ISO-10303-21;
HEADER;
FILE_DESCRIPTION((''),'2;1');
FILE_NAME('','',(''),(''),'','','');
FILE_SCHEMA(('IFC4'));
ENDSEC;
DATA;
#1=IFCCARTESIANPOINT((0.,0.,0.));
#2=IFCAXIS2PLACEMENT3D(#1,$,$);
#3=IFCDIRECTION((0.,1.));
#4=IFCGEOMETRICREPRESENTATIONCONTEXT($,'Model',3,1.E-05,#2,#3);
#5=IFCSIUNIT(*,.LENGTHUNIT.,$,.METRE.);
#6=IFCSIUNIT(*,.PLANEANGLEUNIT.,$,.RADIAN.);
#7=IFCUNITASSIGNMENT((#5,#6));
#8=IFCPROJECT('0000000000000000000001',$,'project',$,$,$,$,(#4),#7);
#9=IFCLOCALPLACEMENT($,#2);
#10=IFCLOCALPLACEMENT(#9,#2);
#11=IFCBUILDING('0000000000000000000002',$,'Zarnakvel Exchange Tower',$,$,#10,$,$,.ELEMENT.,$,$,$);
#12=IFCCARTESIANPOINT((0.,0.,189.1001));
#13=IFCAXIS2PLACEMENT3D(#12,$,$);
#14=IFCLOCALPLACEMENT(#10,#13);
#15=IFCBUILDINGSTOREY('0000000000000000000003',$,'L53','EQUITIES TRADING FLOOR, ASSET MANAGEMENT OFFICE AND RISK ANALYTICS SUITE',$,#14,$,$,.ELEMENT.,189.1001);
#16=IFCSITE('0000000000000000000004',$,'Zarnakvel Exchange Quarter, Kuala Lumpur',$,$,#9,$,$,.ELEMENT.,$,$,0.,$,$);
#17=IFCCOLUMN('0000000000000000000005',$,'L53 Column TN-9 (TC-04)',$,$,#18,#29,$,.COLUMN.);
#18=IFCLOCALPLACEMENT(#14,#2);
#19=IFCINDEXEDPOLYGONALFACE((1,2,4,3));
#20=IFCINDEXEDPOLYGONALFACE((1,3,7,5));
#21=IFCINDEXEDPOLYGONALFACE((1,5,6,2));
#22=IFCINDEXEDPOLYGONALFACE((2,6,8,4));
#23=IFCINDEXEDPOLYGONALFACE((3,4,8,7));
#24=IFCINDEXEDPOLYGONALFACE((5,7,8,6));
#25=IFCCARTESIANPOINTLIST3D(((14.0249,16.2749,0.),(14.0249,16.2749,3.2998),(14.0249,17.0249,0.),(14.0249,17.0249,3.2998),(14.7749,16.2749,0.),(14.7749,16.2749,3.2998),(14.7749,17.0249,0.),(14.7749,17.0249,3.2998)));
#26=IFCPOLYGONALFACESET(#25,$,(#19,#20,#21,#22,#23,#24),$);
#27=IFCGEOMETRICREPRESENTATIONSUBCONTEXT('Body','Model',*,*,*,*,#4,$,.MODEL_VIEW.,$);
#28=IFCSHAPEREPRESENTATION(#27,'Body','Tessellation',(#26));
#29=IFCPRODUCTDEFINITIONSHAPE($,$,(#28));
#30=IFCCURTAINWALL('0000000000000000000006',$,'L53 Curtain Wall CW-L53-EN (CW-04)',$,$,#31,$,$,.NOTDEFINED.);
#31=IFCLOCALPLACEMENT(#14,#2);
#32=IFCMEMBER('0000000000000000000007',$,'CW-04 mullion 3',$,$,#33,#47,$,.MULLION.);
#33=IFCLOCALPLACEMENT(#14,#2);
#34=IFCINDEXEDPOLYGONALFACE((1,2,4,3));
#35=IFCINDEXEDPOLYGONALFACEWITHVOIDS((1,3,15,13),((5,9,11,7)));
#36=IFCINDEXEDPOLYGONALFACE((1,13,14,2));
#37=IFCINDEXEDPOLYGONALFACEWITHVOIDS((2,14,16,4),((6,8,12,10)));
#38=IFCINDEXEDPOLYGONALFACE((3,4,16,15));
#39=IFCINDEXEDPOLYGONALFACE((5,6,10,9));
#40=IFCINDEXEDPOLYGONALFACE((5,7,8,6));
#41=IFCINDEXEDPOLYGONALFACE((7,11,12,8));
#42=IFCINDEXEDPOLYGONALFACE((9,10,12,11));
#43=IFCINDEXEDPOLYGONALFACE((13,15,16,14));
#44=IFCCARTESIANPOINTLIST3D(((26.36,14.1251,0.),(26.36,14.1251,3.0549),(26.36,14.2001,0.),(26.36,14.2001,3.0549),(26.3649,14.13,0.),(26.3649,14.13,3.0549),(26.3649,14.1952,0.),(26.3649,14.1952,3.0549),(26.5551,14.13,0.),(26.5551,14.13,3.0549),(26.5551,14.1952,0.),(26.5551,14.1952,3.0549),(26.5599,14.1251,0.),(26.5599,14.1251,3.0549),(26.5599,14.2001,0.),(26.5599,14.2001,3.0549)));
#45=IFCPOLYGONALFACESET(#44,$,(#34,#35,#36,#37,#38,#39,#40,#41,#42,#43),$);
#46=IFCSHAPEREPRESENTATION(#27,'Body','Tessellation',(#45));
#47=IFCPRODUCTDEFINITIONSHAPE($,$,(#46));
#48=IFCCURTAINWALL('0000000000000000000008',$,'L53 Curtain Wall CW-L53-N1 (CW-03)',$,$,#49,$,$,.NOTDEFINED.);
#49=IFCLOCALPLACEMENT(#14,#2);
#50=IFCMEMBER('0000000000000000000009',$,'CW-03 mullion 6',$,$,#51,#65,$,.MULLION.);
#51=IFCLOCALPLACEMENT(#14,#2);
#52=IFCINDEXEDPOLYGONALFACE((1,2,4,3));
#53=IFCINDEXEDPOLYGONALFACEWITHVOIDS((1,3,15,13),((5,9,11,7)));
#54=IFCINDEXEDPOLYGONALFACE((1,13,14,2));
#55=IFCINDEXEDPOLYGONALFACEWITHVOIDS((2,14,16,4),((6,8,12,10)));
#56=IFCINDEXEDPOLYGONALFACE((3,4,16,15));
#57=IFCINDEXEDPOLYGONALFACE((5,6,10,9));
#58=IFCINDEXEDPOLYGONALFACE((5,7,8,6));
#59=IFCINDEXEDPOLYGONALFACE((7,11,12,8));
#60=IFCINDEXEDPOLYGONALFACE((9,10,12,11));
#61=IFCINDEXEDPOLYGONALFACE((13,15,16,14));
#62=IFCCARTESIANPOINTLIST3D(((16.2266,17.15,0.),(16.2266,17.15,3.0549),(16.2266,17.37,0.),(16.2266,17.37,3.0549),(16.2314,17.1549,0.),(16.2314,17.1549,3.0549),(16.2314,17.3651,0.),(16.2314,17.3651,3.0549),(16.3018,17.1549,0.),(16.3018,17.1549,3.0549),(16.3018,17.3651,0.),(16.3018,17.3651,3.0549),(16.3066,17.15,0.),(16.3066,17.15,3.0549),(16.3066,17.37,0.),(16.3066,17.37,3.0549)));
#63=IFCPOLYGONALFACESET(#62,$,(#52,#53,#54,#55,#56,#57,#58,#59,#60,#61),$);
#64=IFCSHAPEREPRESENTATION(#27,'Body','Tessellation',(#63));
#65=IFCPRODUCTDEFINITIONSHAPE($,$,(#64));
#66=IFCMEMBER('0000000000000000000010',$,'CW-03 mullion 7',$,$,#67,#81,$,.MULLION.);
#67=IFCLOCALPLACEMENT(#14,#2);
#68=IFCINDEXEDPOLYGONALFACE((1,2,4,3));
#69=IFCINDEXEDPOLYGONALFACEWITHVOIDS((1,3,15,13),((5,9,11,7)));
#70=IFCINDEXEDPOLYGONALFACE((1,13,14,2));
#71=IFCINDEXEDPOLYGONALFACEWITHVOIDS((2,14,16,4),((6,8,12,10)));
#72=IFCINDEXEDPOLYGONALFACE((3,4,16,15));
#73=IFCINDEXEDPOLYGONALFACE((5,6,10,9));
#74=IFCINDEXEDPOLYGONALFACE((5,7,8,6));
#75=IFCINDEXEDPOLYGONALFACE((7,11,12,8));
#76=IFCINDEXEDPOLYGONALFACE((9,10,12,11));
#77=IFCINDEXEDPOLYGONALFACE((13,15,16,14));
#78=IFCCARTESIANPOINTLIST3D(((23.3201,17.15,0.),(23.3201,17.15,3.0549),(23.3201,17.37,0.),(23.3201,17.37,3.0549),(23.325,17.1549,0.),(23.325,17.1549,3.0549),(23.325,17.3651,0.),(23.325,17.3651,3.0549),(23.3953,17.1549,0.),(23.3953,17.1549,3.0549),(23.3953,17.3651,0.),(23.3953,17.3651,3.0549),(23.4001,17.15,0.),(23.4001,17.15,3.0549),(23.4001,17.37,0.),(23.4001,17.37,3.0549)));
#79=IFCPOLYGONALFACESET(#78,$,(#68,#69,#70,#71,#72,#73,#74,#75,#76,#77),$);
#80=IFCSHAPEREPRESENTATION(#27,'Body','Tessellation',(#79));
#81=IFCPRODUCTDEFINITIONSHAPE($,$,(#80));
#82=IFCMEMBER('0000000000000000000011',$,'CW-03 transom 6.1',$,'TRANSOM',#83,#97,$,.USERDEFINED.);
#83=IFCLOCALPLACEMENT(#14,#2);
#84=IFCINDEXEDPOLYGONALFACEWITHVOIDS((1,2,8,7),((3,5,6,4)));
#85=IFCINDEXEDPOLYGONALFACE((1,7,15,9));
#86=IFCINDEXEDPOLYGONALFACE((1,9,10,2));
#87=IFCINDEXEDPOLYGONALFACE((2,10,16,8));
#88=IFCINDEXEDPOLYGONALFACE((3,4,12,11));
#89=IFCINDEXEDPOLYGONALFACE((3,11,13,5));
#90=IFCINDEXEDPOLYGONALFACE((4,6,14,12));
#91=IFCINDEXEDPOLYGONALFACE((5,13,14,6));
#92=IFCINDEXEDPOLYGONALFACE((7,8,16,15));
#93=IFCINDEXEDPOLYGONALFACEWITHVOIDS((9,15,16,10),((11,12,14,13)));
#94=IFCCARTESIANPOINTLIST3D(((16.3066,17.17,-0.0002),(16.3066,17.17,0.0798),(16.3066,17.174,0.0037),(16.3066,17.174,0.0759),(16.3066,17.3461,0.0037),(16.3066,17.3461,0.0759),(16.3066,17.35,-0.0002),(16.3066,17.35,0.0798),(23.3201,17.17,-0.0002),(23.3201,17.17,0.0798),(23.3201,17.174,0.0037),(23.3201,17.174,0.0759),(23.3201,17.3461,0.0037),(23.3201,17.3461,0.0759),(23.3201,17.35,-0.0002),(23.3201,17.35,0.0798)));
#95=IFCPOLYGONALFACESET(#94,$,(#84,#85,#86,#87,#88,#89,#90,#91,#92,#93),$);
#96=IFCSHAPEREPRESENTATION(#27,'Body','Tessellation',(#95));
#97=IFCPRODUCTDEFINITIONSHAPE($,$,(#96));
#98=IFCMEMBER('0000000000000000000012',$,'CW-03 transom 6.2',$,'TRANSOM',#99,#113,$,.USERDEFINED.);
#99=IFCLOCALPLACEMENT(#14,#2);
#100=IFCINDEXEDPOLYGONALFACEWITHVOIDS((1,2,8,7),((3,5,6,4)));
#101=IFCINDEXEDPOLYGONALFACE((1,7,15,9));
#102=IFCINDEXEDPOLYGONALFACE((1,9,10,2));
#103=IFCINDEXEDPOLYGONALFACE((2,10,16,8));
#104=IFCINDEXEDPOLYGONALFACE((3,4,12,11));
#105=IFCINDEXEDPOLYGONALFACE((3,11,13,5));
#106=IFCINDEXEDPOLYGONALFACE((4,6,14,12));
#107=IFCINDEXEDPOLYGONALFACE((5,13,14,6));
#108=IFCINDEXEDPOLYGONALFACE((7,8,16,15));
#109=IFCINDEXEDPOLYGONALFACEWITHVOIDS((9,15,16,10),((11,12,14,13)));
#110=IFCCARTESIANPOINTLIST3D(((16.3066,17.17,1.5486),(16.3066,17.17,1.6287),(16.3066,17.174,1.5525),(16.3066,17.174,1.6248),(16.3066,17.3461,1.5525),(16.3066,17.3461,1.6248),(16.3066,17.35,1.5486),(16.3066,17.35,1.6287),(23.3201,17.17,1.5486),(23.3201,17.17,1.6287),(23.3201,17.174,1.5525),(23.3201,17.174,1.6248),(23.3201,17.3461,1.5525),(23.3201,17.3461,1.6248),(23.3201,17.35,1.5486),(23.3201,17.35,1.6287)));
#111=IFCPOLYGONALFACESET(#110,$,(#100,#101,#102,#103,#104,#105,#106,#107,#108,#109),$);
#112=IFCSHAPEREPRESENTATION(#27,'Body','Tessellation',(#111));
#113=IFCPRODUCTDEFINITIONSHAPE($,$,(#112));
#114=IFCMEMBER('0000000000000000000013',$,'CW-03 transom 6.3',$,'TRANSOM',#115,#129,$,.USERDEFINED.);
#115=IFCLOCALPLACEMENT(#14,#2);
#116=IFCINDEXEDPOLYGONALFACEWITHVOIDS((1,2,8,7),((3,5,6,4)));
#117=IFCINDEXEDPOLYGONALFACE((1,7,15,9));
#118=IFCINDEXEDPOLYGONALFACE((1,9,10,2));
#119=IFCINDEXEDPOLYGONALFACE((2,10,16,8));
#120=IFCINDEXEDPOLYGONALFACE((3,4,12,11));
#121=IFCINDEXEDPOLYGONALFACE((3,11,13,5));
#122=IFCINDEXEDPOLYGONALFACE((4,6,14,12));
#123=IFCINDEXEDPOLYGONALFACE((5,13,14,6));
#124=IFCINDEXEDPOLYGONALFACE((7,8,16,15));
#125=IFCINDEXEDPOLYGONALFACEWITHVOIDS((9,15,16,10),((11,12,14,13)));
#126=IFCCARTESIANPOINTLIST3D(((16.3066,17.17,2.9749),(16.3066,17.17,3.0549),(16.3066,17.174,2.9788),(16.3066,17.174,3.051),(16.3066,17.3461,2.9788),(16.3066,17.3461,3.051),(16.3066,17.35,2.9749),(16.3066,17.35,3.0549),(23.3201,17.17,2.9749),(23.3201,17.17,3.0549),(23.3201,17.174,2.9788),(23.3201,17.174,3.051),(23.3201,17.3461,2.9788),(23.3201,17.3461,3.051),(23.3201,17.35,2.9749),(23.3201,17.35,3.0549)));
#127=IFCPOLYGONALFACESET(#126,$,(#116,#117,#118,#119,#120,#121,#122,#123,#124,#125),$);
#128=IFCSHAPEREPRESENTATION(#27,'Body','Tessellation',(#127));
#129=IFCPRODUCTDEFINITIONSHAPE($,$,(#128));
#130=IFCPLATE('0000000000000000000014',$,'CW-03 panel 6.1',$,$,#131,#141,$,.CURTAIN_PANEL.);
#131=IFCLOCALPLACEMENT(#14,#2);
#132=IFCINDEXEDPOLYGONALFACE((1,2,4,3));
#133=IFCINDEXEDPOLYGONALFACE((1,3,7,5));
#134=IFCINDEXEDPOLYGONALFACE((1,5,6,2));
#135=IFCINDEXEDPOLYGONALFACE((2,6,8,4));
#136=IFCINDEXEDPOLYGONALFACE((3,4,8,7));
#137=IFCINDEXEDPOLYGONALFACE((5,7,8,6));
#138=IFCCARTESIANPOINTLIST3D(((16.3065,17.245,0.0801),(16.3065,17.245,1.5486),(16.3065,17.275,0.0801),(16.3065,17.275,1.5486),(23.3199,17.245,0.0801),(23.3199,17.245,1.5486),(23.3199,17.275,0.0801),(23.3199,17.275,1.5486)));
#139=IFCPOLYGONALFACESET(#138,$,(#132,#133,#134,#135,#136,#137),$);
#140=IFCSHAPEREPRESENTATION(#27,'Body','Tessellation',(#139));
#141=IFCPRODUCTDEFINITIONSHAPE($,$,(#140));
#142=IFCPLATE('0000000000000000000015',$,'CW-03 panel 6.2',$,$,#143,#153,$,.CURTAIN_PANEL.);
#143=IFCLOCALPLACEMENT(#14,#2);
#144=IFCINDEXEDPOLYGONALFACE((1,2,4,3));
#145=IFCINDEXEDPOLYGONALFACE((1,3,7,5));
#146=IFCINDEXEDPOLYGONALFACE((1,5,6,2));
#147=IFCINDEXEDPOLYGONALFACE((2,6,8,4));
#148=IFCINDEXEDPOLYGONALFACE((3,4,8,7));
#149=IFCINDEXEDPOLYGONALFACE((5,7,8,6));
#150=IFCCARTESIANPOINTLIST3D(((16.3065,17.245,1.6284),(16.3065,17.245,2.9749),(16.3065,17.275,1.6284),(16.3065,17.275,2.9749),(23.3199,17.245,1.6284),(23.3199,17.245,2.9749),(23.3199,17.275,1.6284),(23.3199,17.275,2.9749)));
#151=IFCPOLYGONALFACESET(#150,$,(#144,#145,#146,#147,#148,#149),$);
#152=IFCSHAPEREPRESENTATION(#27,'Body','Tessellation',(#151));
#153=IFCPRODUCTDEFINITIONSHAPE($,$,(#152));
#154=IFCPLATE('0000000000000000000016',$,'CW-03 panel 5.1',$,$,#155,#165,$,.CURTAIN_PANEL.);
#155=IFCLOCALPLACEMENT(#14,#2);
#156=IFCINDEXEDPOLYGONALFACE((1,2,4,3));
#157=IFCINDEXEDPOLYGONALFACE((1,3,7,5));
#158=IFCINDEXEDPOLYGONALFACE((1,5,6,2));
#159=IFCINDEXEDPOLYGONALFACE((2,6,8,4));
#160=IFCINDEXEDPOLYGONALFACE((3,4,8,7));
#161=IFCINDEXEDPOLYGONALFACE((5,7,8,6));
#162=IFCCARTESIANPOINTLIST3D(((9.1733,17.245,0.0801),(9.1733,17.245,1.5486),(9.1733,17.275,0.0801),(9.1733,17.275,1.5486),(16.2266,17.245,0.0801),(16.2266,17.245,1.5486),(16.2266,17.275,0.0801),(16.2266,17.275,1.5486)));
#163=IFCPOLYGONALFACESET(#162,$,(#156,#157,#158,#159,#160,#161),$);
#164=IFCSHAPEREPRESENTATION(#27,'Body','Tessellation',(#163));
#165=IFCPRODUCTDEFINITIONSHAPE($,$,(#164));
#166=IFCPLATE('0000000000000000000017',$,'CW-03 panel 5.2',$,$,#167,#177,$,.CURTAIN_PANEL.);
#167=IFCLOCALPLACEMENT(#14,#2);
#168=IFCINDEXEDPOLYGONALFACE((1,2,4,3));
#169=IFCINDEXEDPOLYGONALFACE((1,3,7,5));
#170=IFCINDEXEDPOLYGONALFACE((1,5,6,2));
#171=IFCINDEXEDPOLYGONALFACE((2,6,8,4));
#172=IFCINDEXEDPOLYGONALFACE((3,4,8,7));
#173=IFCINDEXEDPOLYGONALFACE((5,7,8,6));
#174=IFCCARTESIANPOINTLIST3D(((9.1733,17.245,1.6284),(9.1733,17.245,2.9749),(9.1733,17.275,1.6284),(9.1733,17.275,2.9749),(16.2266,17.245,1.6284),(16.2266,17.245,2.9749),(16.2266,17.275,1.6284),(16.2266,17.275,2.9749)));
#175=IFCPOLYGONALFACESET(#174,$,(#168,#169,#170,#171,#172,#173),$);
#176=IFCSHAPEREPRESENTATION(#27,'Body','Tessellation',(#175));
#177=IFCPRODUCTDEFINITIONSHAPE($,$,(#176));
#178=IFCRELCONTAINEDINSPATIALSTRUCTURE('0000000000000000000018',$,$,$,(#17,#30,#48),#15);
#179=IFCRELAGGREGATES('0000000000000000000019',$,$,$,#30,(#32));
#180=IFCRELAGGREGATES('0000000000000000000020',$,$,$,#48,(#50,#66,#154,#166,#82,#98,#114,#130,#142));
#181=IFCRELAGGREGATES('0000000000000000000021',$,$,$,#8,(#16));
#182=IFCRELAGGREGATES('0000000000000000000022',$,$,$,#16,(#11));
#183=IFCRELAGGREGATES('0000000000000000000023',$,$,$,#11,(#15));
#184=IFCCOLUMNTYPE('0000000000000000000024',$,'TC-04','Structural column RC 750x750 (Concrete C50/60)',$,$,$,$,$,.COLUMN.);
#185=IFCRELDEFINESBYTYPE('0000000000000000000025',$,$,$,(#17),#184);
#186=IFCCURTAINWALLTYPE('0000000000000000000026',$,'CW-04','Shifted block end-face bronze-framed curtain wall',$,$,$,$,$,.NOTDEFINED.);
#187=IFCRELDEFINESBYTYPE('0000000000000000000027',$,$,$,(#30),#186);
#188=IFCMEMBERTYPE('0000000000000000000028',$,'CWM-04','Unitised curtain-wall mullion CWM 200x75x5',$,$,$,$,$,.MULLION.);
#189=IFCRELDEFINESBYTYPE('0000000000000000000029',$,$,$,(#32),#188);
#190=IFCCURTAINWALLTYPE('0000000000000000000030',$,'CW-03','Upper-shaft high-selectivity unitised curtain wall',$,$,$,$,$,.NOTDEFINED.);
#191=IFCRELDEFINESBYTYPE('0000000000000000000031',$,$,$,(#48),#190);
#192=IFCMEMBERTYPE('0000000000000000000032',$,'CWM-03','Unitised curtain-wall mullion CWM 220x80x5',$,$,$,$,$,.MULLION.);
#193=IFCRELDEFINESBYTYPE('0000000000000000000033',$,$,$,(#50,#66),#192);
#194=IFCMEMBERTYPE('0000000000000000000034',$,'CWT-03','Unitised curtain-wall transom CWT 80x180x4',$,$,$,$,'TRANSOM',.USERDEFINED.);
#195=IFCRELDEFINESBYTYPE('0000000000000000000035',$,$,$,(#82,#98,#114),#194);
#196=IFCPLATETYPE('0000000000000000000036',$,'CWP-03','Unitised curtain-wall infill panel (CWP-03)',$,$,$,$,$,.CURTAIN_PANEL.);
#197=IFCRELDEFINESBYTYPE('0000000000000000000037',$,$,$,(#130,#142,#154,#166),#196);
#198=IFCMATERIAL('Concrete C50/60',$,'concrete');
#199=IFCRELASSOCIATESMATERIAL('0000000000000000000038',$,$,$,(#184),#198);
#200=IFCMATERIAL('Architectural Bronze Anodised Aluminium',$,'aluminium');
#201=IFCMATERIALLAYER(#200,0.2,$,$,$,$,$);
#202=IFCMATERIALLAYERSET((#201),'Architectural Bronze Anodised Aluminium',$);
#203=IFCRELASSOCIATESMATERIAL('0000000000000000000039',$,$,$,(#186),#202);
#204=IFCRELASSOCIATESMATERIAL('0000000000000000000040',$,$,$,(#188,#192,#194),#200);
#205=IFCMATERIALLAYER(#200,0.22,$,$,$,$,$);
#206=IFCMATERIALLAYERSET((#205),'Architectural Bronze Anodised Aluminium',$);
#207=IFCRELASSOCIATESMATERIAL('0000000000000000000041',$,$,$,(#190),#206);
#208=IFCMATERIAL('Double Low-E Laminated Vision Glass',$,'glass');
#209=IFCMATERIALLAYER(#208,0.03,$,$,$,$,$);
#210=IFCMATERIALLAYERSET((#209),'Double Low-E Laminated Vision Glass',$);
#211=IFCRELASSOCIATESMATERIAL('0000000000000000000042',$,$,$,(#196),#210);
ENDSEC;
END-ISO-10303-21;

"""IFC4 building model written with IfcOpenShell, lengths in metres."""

from ifc_helpers import new_model, si_unit, direction, frame, origin, origin_2d, place, context, subcontext, project, spatial, rectangle, hollow_rectangle, extrude, source, transform, mapped, material, layer, layer_set, material_profile, profile_set, type_object, element, aggregate, save


model = new_model("IFC4")

# Units and contexts
model_context = context("Model", 3, precision=1e-05, world=origin(), true_north=direction((0.0, 1.0)))
body_context = subcontext(model_context, "Body", "Model", "MODEL_VIEW")
ifc_project = project(units=[si_unit("LENGTHUNIT", "METRE"), si_unit("PLANEANGLEUNIT", "RADIAN")], contexts=[model_context])

# Site, building, storey
site_placement = place(None, origin())
site = spatial("IfcSite", under=ifc_project, at=site_placement, Name="Zarnakvel Exchange Quarter, Kuala Lumpur", CompositionType="ELEMENT", RefElevation=0.0)
building_placement = place(site_placement, origin())
building = spatial("IfcBuilding", under=site, at=building_placement, Name="Zarnakvel Exchange Tower", CompositionType="ELEMENT")
storey_placement = place(building_placement, frame((0.0, 0.0, 189.1001)))
storey = spatial("IfcBuildingStorey", under=building, at=storey_placement, Name="L53", Description="EQUITIES TRADING FLOOR, ASSET MANAGEMENT OFFICE AND RISK ANALYTICS SUITE", CompositionType="ELEMENT", Elevation=189.1001)

# Column
ifc_material_1 = material(Name="Concrete C50/60", Category="concrete")
ifc_material_profile_1 = material_profile(ifc_material_1, rectangle(XDim=0.75, YDim=0.75, at=origin_2d()))
ifc_profile_set_1 = profile_set([ifc_material_profile_1], Name="Concrete C50/60")
column_type = type_object("IfcColumnType", Name="TC-04", Description="Structural column RC 750x750 (Concrete C50/60)", PredefinedType="COLUMN", material=ifc_profile_set_1)
column_placement = place(storey_placement, frame((14.3999, 16.6499, 0.0), z_axis=(0.0, 0.0, 1.0), x_axis=(1.0, 0.0, 0.0)))
element("IfcColumn", 1, at=column_placement, inside=storey, type_object=column_type, Name="L53 Column TN-9 (TC-04)", PredefinedType="COLUMN", context=body_context, shape_type="SweptSolid", body=[
    extrude(rectangle(XDim=0.75, YDim=0.75, at=origin_2d()), origin(), (0.0, 0.0, 1.0), 3.2998),
])

# Curtain wall, member
ifc_material_2 = material(Name="Architectural Bronze Anodised Aluminium", Category="aluminium")
ifc_layer_1 = layer(ifc_material_2, 0.2)
ifc_layer_set_1 = layer_set([ifc_layer_1], Name="Architectural Bronze Anodised Aluminium")
curtain_wall_type_1 = type_object("IfcCurtainWallType", Name="CW-04", Description="Shifted block end-face bronze-framed curtain wall", PredefinedType="NOTDEFINED", material=ifc_layer_set_1)
curtain_wall_1_placement = place(storey_placement, origin())
curtain_wall_1 = element("IfcCurtainWall", 2, at=curtain_wall_1_placement, inside=storey, type_object=curtain_wall_type_1, Name="L53 Curtain Wall CW-L53-EN (CW-04)", PredefinedType="NOTDEFINED")
ifc_material_profile_2 = material_profile(ifc_material_2, hollow_rectangle(XDim=0.2, YDim=0.075, WallThickness=0.0049, at=origin_2d()))
ifc_profile_set_2 = profile_set([ifc_material_profile_2], Name="Architectural Bronze Anodised Aluminium")
member_type_1 = type_object("IfcMemberType", Name="CWM-04", Description="Unitised curtain-wall mullion CWM 200x75x5", PredefinedType="MULLION", material=ifc_profile_set_2)
shared_shape_1 = source(origin(), body_context, "Body", "SweptSolid", [
    extrude(hollow_rectangle(XDim=0.2, YDim=0.075, WallThickness=0.0049, at=origin_2d()), origin(), (0.0, 0.0, 1.0), 3.0549),
])
member_1_placement = place(storey_placement, frame((26.46, 14.1626, 0.0), z_axis=(0.0, 0.0, 1.0), x_axis=(-1.0, 0.0, 0.0)))
member_1 = element("IfcMember", 3, at=member_1_placement, type_object=member_type_1, Name="CW-04 mullion 3", PredefinedType="MULLION", context=body_context, shape_type="MappedRepresentation", body=[
    mapped(shared_shape_1, transform((0.0, 0.0, 0.0), x_axis=(1.0, 0.0, 0.0), y_axis=(0.0, 1.0, 0.0), z_axis=(0.0, 0.0, 1.0), scale=1.0)),
])
aggregate(curtain_wall_1, [member_1])

# Curtain wall, members, plates
ifc_layer_2 = layer(ifc_material_2, 0.22)
ifc_layer_set_2 = layer_set([ifc_layer_2], Name="Architectural Bronze Anodised Aluminium")
curtain_wall_type_2 = type_object("IfcCurtainWallType", Name="CW-03", Description="Upper-shaft high-selectivity unitised curtain wall", PredefinedType="NOTDEFINED", material=ifc_layer_set_2)
curtain_wall_2_placement = place(storey_placement, origin())
curtain_wall_2 = element("IfcCurtainWall", 4, at=curtain_wall_2_placement, inside=storey, type_object=curtain_wall_type_2, Name="L53 Curtain Wall CW-L53-N1 (CW-03)", PredefinedType="NOTDEFINED")
ifc_material_profile_3 = material_profile(ifc_material_2, hollow_rectangle(XDim=0.22, YDim=0.0801, WallThickness=0.0049, at=origin_2d()))
ifc_profile_set_3 = profile_set([ifc_material_profile_3], Name="Architectural Bronze Anodised Aluminium")
member_type_2 = type_object("IfcMemberType", Name="CWM-03", Description="Unitised curtain-wall mullion CWM 220x80x5", PredefinedType="MULLION", material=ifc_profile_set_3)
shared_shape_2 = source(origin(), body_context, "Body", "SweptSolid", [
    extrude(hollow_rectangle(XDim=0.22, YDim=0.0801, WallThickness=0.0049, at=origin_2d()), origin(), (0.0, 0.0, 1.0), 3.0549),
])
member_2_placement = place(storey_placement, frame((16.2666, 17.26, 0.0), z_axis=(0.0, 0.0, 1.0), x_axis=(0.0, 1.0, 0.0)))
member_2 = element("IfcMember", 5, at=member_2_placement, type_object=member_type_2, Name="CW-03 mullion 6", PredefinedType="MULLION", context=body_context, shape_type="MappedRepresentation", body=[
    mapped(shared_shape_2, transform((0.0, 0.0, 0.0), x_axis=(1.0, 0.0, 0.0), y_axis=(0.0, 1.0, 0.0), z_axis=(0.0, 0.0, 1.0), scale=1.0)),
])
member_3_placement = place(storey_placement, frame((23.3601, 17.26, 0.0), z_axis=(0.0, 0.0, 1.0), x_axis=(0.0, 1.0, 0.0)))
member_3 = element("IfcMember", 6, at=member_3_placement, type_object=member_type_2, Name="CW-03 mullion 7", PredefinedType="MULLION", context=body_context, shape_type="MappedRepresentation", body=[
    mapped(shared_shape_2, transform((0.0, 0.0, 0.0), x_axis=(1.0, 0.0, 0.0), y_axis=(0.0, 1.0, 0.0), z_axis=(0.0, 0.0, 1.0), scale=1.0)),
])
ifc_material_profile_4 = material_profile(ifc_material_2, hollow_rectangle(XDim=0.1799, YDim=0.0801, WallThickness=0.0039, at=origin_2d()))
ifc_profile_set_4 = profile_set([ifc_material_profile_4], Name="Architectural Bronze Anodised Aluminium")
member_type_3 = type_object("IfcMemberType", Name="CWT-03", Description="Unitised curtain-wall transom CWT 80x180x4", ElementType="TRANSOM", PredefinedType="USERDEFINED", material=ifc_profile_set_4)
shared_shape_3 = source(origin(), body_context, "Body", "SweptSolid", [
    extrude(hollow_rectangle(XDim=0.1799, YDim=0.0801, WallThickness=0.0039, at=origin_2d()), origin(), (0.0, 0.0, 1.0), 7.0134),
])
member_4_placement = place(storey_placement, frame((16.3066, 17.26, 0.0398), z_axis=(1.0, 0.0, 0.0), x_axis=(0.0, 1.0, 0.0)))
member_4 = element("IfcMember", 7, at=member_4_placement, type_object=member_type_3, Name="CW-03 transom 6.1", ObjectType="TRANSOM", PredefinedType="USERDEFINED", context=body_context, shape_type="MappedRepresentation", body=[
    mapped(shared_shape_3, transform((0.0, 0.0, 0.0), x_axis=(1.0, 0.0, 0.0), y_axis=(0.0, 1.0, 0.0), z_axis=(0.0, 0.0, 1.0), scale=1.0)),
])
member_5_placement = place(storey_placement, frame((16.3066, 17.26, 1.5886), z_axis=(1.0, 0.0, 0.0), x_axis=(0.0, 1.0, 0.0)))
member_5 = element("IfcMember", 8, at=member_5_placement, type_object=member_type_3, Name="CW-03 transom 6.2", ObjectType="TRANSOM", PredefinedType="USERDEFINED", context=body_context, shape_type="MappedRepresentation", body=[
    mapped(shared_shape_3, transform((0.0, 0.0, 0.0), x_axis=(1.0, 0.0, 0.0), y_axis=(0.0, 1.0, 0.0), z_axis=(0.0, 0.0, 1.0), scale=1.0)),
])
member_6_placement = place(storey_placement, frame((16.3066, 17.26, 3.0149), z_axis=(1.0, 0.0, 0.0), x_axis=(0.0, 1.0, 0.0)))
member_6 = element("IfcMember", 9, at=member_6_placement, type_object=member_type_3, Name="CW-03 transom 6.3", ObjectType="TRANSOM", PredefinedType="USERDEFINED", context=body_context, shape_type="MappedRepresentation", body=[
    mapped(shared_shape_3, transform((0.0, 0.0, 0.0), x_axis=(1.0, 0.0, 0.0), y_axis=(0.0, 1.0, 0.0), z_axis=(0.0, 0.0, 1.0), scale=1.0)),
])
ifc_material_3 = material(Name="Double Low-E Laminated Vision Glass", Category="glass")
ifc_layer_3 = layer(ifc_material_3, 0.03)
ifc_layer_set_3 = layer_set([ifc_layer_3], Name="Double Low-E Laminated Vision Glass")
plate_type = type_object("IfcPlateType", Name="CWP-03", Description="Unitised curtain-wall infill panel (CWP-03)", PredefinedType="CURTAIN_PANEL", material=ifc_layer_set_3)
shared_shape_4 = source(origin(), body_context, "Body", "SweptSolid", [
    extrude(rectangle(XDim=7.0134, YDim=0.03, at=origin_2d()), origin(), (0.0, 0.0, 1.0), 1.4685),
])
plate_1_placement = place(storey_placement, frame((19.8132, 17.26, 0.0801), z_axis=(0.0, 0.0, 1.0), x_axis=(1.0, 0.0, 0.0)))
plate_1 = element("IfcPlate", 10, at=plate_1_placement, type_object=plate_type, Name="CW-03 panel 6.1", PredefinedType="CURTAIN_PANEL", context=body_context, shape_type="MappedRepresentation", body=[
    mapped(shared_shape_4, transform((0.0, 0.0, 0.0), x_axis=(1.0, 0.0, 0.0), y_axis=(0.0, 1.0, 0.0), z_axis=(0.0, 0.0, 1.0), scale=1.0)),
])
shared_shape_5 = source(origin(), body_context, "Body", "SweptSolid", [
    extrude(rectangle(XDim=7.0134, YDim=0.03, at=origin_2d()), origin(), (0.0, 0.0, 1.0), 1.3464),
])
plate_2_placement = place(storey_placement, frame((19.8132, 17.26, 1.6284), z_axis=(0.0, 0.0, 1.0), x_axis=(1.0, 0.0, 0.0)))
plate_2 = element("IfcPlate", 11, at=plate_2_placement, type_object=plate_type, Name="CW-03 panel 6.2", PredefinedType="CURTAIN_PANEL", context=body_context, shape_type="MappedRepresentation", body=[
    mapped(shared_shape_5, transform((0.0, 0.0, 0.0), x_axis=(1.0, 0.0, 0.0), y_axis=(0.0, 1.0, 0.0), z_axis=(0.0, 0.0, 1.0), scale=1.0)),
])
shared_shape_6 = source(origin(), body_context, "Body", "SweptSolid", [
    extrude(rectangle(XDim=7.0532, YDim=0.03, at=origin_2d()), origin(), (0.0, 0.0, 1.0), 1.4685),
])
plate_3_placement = place(storey_placement, frame((12.7, 17.26, 0.0801), z_axis=(0.0, 0.0, 1.0), x_axis=(1.0, 0.0, 0.0)))
plate_3 = element("IfcPlate", 12, at=plate_3_placement, type_object=plate_type, Name="CW-03 panel 5.1", PredefinedType="CURTAIN_PANEL", context=body_context, shape_type="MappedRepresentation", body=[
    mapped(shared_shape_6, transform((0.0, 0.0, 0.0), x_axis=(1.0, 0.0, 0.0), y_axis=(0.0, 1.0, 0.0), z_axis=(0.0, 0.0, 1.0), scale=1.0)),
])
shared_shape_7 = source(origin(), body_context, "Body", "SweptSolid", [
    extrude(rectangle(XDim=7.0532, YDim=0.03, at=origin_2d()), origin(), (0.0, 0.0, 1.0), 1.3464),
])
plate_4_placement = place(storey_placement, frame((12.7, 17.26, 1.6284), z_axis=(0.0, 0.0, 1.0), x_axis=(1.0, 0.0, 0.0)))
plate_4 = element("IfcPlate", 13, at=plate_4_placement, type_object=plate_type, Name="CW-03 panel 5.2", PredefinedType="CURTAIN_PANEL", context=body_context, shape_type="MappedRepresentation", body=[
    mapped(shared_shape_7, transform((0.0, 0.0, 0.0), x_axis=(1.0, 0.0, 0.0), y_axis=(0.0, 1.0, 0.0), z_axis=(0.0, 0.0, 1.0), scale=1.0)),
])
aggregate(curtain_wall_2, [member_2, member_3, plate_3, plate_4, member_4, member_5, member_6, plate_1, plate_2])

save(model, "model.ifc")
